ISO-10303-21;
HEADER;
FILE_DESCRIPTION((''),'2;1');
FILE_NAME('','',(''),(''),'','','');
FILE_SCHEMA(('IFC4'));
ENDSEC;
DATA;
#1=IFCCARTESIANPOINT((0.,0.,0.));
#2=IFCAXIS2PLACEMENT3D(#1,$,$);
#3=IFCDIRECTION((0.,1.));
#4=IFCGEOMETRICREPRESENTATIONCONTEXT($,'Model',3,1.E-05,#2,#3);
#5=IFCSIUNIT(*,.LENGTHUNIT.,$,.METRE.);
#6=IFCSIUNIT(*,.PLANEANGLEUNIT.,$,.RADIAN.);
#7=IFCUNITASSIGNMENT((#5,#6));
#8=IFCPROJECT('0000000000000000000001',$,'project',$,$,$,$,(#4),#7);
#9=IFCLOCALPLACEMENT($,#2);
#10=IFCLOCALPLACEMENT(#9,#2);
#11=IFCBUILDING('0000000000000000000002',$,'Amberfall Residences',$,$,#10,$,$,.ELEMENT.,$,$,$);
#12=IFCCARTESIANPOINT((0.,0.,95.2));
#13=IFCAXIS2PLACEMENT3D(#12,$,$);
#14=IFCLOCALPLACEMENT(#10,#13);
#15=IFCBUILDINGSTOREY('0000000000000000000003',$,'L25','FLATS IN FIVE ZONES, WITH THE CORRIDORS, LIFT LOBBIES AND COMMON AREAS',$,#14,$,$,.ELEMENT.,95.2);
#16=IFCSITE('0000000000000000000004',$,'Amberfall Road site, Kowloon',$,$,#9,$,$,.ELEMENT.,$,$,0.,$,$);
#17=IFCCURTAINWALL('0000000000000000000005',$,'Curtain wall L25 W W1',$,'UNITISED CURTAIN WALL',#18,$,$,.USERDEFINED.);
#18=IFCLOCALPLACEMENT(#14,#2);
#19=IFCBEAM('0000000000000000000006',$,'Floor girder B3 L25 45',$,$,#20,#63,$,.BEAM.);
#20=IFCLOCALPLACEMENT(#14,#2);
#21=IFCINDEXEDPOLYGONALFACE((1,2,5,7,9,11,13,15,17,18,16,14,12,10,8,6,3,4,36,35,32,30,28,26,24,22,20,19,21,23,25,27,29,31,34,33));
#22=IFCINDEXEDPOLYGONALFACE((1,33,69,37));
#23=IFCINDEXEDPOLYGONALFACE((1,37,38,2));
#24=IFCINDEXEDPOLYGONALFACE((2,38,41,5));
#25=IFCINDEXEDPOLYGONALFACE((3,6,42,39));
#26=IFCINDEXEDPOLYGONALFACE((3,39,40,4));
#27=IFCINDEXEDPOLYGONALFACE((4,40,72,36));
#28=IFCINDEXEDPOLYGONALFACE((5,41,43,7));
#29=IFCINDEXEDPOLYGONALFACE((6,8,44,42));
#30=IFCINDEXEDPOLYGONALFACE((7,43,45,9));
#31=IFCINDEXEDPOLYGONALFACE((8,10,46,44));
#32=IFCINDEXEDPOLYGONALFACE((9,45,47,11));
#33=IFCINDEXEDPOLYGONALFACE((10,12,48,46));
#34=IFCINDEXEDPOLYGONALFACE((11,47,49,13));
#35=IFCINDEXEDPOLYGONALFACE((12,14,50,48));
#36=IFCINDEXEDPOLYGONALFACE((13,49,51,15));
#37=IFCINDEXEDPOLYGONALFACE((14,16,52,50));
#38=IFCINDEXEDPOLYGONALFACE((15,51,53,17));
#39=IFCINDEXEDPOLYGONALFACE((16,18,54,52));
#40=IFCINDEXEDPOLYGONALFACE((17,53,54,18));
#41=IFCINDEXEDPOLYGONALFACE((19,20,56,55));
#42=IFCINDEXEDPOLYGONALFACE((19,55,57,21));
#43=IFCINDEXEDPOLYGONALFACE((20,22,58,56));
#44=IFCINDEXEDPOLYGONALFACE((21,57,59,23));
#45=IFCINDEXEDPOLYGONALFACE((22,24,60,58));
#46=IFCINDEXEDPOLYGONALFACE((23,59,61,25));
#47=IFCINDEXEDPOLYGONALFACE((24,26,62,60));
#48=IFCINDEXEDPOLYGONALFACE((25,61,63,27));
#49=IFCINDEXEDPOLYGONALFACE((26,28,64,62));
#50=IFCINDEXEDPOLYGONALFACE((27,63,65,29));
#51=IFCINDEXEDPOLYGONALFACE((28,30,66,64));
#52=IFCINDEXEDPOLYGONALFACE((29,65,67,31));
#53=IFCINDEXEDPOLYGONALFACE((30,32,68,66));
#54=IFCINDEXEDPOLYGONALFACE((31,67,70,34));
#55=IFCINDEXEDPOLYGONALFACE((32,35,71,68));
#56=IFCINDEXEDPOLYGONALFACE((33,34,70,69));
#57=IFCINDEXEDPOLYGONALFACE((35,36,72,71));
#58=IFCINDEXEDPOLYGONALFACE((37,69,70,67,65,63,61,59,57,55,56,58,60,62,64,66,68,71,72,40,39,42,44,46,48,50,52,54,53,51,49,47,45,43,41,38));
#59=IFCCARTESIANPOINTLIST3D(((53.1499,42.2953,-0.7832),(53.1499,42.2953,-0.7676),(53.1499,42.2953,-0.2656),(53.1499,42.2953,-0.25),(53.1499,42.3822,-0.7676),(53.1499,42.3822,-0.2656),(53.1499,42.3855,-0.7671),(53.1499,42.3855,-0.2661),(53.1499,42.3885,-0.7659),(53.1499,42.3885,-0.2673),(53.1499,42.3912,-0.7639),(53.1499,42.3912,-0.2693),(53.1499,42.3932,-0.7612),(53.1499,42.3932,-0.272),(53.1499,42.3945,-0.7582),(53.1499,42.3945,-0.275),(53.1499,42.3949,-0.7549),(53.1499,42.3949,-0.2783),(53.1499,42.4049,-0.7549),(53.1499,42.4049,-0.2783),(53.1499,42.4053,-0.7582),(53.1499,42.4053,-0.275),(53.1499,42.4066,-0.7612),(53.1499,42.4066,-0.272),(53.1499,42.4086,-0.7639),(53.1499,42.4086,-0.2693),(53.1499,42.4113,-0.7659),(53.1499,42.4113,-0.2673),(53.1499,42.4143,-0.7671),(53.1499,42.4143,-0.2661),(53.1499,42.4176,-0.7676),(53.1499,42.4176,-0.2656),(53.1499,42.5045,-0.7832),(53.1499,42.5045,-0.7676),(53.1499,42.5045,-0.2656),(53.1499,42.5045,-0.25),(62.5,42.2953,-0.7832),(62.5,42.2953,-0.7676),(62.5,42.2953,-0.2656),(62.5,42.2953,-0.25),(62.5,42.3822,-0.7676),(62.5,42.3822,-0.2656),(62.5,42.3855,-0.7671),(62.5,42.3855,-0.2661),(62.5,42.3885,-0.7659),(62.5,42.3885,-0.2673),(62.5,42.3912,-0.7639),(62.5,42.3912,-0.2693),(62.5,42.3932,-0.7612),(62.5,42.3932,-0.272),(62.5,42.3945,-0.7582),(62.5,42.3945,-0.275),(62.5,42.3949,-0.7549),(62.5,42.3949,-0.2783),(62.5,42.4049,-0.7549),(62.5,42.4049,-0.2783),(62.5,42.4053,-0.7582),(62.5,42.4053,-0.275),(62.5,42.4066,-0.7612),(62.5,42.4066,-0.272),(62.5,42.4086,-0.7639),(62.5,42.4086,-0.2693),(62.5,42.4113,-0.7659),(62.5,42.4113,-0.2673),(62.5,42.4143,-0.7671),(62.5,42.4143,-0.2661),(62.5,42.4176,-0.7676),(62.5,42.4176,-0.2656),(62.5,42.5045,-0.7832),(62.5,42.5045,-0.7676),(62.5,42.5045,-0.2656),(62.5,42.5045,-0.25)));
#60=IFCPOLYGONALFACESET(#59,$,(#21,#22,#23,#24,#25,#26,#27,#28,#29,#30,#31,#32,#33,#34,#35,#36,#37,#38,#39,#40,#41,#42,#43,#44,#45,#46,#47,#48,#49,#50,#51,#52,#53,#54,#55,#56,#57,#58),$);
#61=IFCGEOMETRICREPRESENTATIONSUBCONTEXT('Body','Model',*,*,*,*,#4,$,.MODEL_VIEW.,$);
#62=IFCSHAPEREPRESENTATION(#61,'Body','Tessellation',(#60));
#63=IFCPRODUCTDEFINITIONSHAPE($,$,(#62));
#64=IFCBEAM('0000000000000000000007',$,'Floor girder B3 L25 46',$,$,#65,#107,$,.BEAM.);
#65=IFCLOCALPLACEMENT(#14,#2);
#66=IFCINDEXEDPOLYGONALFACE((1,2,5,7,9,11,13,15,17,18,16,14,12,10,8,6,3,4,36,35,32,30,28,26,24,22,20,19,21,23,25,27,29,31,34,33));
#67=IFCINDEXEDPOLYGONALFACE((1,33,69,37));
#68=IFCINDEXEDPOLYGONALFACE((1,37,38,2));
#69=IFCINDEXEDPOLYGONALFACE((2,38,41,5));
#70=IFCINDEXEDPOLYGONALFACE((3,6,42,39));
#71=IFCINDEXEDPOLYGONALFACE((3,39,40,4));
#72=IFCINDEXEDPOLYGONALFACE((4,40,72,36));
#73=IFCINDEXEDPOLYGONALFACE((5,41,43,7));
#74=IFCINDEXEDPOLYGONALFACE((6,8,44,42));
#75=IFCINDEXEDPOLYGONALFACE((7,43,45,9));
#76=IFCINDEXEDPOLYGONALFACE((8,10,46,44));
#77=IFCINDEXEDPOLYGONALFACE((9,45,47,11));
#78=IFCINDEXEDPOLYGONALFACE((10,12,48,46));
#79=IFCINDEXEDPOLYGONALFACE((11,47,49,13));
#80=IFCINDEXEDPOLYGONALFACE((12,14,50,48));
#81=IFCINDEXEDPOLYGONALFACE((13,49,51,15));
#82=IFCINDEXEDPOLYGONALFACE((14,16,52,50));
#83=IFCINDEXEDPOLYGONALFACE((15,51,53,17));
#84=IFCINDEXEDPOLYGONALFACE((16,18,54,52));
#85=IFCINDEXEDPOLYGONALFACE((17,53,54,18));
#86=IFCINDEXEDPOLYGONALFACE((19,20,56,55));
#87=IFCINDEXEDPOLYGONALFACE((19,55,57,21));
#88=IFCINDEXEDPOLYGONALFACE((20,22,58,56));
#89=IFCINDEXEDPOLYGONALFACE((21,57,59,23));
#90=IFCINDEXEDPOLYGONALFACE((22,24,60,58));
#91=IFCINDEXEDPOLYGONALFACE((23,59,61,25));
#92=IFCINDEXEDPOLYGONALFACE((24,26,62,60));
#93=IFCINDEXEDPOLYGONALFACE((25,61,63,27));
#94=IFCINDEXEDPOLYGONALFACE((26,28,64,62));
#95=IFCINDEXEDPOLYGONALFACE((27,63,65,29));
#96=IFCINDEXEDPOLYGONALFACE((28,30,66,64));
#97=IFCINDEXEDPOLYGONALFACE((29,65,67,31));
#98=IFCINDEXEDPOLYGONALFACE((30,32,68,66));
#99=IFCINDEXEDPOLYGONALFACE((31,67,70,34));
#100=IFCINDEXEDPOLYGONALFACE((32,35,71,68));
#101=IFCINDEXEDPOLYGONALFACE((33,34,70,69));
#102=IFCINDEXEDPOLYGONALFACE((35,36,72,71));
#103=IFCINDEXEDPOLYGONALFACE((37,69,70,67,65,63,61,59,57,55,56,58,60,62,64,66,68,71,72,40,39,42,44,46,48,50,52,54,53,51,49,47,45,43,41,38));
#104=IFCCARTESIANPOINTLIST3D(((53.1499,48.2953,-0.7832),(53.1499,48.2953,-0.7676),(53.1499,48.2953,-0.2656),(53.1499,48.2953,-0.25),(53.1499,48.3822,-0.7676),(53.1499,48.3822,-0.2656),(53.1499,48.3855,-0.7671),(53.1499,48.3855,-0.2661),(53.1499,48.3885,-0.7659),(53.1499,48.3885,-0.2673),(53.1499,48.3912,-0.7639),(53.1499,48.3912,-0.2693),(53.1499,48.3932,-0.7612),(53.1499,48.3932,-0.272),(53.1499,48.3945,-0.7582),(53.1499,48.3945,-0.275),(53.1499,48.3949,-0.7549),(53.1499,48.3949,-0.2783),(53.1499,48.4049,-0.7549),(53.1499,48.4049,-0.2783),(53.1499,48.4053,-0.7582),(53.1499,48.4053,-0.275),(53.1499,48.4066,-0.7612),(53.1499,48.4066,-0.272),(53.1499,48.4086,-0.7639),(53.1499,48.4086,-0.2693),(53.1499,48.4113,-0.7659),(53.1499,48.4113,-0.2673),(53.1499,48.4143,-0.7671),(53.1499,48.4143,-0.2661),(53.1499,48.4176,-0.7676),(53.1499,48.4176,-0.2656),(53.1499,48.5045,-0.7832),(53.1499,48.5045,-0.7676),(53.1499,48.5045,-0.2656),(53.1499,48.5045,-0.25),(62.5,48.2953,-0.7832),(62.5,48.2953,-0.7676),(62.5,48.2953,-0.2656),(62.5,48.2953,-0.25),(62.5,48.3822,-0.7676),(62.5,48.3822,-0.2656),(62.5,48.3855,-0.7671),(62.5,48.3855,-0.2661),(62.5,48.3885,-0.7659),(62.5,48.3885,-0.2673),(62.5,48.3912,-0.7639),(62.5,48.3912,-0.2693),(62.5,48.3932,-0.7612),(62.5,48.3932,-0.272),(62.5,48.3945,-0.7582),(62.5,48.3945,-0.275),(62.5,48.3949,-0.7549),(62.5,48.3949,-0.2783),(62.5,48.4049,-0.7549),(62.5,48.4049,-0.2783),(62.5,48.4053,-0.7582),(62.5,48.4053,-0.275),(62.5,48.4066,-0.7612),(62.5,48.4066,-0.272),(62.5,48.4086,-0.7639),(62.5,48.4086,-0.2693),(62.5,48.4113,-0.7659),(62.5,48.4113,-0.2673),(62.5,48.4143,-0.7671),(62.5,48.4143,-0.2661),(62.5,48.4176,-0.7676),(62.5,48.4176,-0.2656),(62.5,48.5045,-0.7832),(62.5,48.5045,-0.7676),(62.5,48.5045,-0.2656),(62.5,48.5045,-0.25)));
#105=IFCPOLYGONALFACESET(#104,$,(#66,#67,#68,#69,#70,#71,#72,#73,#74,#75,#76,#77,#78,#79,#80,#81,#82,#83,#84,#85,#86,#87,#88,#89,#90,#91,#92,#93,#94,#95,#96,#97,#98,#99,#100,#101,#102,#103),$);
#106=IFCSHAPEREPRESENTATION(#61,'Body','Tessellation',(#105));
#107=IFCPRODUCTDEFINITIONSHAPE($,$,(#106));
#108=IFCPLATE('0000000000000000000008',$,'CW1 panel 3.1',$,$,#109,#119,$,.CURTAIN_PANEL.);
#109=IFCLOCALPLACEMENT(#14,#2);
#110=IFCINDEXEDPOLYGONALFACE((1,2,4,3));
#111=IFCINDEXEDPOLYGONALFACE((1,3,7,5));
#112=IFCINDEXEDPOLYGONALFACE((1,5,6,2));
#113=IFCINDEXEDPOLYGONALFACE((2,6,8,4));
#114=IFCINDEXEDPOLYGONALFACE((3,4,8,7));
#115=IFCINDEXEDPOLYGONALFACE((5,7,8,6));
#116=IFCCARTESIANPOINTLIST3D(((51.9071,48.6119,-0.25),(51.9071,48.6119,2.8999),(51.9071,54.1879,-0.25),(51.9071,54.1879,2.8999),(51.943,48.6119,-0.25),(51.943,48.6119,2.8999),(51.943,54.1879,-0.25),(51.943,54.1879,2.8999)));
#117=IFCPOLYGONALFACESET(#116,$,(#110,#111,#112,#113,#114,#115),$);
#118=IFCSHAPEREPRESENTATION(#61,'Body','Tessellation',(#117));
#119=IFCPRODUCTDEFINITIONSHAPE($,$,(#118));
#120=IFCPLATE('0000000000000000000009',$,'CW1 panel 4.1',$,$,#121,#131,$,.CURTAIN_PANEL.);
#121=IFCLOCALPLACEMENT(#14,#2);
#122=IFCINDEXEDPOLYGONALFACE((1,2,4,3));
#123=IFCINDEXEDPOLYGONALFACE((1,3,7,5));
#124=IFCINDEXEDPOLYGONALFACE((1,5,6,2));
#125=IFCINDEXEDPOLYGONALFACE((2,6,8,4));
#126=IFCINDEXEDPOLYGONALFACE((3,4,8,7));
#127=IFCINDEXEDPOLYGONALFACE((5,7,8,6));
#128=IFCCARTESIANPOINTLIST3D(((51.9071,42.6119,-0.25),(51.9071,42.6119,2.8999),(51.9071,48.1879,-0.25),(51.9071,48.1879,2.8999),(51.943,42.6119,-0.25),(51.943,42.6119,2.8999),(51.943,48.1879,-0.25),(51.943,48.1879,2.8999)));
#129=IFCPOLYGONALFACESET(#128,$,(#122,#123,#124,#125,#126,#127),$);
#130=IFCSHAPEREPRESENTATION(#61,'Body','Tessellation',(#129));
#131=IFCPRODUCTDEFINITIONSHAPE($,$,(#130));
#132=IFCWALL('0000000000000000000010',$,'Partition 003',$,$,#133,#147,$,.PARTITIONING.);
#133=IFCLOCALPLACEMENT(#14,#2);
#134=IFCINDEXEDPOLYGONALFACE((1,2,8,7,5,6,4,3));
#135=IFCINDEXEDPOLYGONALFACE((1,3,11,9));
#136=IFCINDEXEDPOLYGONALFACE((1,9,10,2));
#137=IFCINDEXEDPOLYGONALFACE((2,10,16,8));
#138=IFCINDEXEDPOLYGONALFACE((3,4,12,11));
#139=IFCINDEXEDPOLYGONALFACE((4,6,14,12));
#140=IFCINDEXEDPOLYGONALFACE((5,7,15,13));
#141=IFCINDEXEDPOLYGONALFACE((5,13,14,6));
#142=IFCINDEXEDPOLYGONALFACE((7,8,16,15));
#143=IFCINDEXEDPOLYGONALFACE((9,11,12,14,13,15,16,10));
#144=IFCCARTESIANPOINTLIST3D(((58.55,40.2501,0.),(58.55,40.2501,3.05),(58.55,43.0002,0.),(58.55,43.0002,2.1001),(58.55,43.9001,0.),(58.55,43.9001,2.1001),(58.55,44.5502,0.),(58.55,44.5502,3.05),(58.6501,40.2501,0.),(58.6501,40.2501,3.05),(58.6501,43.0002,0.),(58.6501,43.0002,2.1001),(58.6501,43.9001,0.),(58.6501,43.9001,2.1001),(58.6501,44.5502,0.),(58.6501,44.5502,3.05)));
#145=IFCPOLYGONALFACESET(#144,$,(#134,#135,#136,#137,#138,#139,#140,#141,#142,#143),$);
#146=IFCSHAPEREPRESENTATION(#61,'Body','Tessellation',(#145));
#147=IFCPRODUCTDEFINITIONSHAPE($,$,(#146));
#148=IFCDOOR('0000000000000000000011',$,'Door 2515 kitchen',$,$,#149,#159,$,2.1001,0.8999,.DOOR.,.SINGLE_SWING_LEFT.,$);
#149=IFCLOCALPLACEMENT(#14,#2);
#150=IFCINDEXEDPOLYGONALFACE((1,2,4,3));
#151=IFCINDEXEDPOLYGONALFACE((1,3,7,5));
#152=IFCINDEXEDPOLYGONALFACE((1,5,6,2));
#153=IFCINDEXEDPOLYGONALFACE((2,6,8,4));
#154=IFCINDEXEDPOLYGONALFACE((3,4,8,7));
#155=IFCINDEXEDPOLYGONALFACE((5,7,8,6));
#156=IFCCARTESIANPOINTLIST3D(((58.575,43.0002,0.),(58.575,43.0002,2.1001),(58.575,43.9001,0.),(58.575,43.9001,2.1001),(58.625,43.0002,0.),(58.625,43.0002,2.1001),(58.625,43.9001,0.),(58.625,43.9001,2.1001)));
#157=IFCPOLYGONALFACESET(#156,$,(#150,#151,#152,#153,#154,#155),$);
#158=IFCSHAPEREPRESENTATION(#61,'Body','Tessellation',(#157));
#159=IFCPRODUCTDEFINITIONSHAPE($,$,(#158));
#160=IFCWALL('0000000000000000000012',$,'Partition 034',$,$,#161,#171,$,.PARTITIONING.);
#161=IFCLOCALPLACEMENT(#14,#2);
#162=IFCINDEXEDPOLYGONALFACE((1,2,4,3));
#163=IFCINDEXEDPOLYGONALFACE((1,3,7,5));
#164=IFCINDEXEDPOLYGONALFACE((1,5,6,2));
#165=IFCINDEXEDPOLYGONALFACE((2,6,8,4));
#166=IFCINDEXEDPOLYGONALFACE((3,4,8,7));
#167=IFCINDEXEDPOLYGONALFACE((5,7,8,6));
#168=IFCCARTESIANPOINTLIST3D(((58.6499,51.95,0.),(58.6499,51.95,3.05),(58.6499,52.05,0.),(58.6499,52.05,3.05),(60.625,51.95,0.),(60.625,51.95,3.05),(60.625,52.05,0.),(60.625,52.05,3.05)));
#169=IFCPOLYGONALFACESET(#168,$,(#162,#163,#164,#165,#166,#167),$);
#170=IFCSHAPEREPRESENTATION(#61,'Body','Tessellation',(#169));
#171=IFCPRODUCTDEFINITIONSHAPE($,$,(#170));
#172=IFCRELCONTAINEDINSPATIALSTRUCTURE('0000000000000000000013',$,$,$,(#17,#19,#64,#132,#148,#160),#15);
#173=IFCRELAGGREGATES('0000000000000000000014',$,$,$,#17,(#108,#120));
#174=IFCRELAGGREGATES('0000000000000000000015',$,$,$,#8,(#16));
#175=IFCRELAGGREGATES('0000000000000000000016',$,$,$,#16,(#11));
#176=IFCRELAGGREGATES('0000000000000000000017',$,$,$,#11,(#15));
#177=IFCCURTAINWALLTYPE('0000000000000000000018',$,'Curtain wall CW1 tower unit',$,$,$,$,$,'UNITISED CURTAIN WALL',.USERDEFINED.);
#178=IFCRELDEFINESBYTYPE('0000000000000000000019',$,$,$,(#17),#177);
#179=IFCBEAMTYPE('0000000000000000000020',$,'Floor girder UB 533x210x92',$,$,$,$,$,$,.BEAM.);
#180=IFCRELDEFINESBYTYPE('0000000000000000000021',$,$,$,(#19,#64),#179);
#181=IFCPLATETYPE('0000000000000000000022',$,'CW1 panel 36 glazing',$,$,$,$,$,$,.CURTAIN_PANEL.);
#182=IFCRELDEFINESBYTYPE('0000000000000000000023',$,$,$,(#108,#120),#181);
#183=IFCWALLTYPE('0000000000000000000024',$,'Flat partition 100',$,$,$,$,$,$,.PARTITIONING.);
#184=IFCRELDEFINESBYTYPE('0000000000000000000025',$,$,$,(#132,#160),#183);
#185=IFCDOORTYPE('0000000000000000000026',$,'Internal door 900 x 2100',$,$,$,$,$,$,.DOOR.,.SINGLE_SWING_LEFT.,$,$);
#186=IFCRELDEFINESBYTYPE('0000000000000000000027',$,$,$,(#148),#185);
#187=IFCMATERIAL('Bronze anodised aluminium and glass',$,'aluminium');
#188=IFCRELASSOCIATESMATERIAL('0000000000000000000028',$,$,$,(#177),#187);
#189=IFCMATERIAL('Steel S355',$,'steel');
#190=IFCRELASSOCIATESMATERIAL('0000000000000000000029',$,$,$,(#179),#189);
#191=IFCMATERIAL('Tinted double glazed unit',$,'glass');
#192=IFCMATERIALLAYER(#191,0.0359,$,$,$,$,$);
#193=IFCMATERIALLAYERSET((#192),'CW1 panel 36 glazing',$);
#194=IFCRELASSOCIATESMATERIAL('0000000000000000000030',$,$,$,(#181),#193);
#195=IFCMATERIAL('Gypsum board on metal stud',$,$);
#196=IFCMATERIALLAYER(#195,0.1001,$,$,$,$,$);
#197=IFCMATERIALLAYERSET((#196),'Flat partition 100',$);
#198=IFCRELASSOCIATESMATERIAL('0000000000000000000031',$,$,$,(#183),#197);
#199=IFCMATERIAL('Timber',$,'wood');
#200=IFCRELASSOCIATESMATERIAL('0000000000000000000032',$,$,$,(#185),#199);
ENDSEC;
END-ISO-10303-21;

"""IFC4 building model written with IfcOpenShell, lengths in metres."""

from ifc_helpers import new_model, si_unit, direction, frame, frame_2d, origin, origin_2d, place, context, subcontext, project, spatial, rectangle, i_section, extrude, material, layer, layer_set, material_profile, profile_set, type_object, element, fill, aggregate, save


model = new_model("IFC4")

# Units and contexts
model_context = context("Model", 3, precision=1e-05, world=origin(), true_north=direction((0.0, 1.0)))
body_context = subcontext(model_context, "Body", "Model", "MODEL_VIEW")
ifc_project = project(units=[si_unit("LENGTHUNIT", "METRE"), si_unit("PLANEANGLEUNIT", "RADIAN")], contexts=[model_context])

# Site, building, storey
site_placement = place(None, origin())
site = spatial("IfcSite", under=ifc_project, at=site_placement, Name="Amberfall Road site, Kowloon", CompositionType="ELEMENT", RefElevation=0.0)
building_placement = place(site_placement, origin())
building = spatial("IfcBuilding", under=site, at=building_placement, Name="Amberfall Residences", CompositionType="ELEMENT")
storey_placement = place(building_placement, frame((0.0, 0.0, 95.2)))
storey = spatial("IfcBuildingStorey", under=building, at=storey_placement, Name="L25", Description="FLATS IN FIVE ZONES, WITH THE CORRIDORS, LIFT LOBBIES AND COMMON AREAS", CompositionType="ELEMENT", Elevation=95.2)

# Curtain wall
ifc_material_1 = material(Name="Bronze anodised aluminium and glass", Category="aluminium")
curtain_wall_type = type_object("IfcCurtainWallType", Name="Curtain wall CW1 tower unit", ElementType="UNITISED CURTAIN WALL", PredefinedType="USERDEFINED", material=ifc_material_1)
curtain_wall_placement = place(storey_placement, origin())
curtain_wall = element("IfcCurtainWall", 1, at=curtain_wall_placement, inside=storey, type_object=curtain_wall_type, Name="Curtain wall L25 W W1", ObjectType="UNITISED CURTAIN WALL", PredefinedType="USERDEFINED")

# Shared definitions
ifc_material_2 = material(Name="Steel S355", Category="steel")

# Beams
ifc_material_profile_1 = material_profile(ifc_material_2, i_section(OverallWidth=0.2092, OverallDepth=0.5332, WebThickness=0.01, FlangeThickness=0.0156, FilletRadius=0.0127, at=origin_2d()), Name="UB 533x210x92")
ifc_profile_set_1 = profile_set([ifc_material_profile_1], Name="Steel S355")
beam_type_1 = type_object("IfcBeamType", Name="Floor girder UB 533x210x92", PredefinedType="BEAM", material=ifc_profile_set_1)
for number, where, z_axis, x_axis, name in (
    (2, (53.1499, 42.3999, -0.5166), (1.0, 0.0, 0.0), (0.0, 1.0, 0.0), "Floor girder B3 L25 45"),
    (3, (53.1499, 48.3999, -0.5166), (1.0, 0.0, 0.0), (0.0, 1.0, 0.0), "Floor girder B3 L25 46"),
):
    element("IfcBeam", number, at=place(storey_placement, frame(where, z_axis=z_axis, x_axis=x_axis)), inside=storey, type_object=beam_type_1, Name=name, PredefinedType="BEAM", context=body_context, shape_type="SweptSolid", body=[
        extrude(i_section(OverallWidth=0.2092, OverallDepth=0.5332, WebThickness=0.01, FlangeThickness=0.0156, FilletRadius=0.0127, at=origin_2d()), origin(), (0.0, 0.0, 1.0), 9.3501),
    ])

# Plates
ifc_material_3 = material(Name="Tinted double glazed unit", Category="glass")
ifc_layer_1 = layer(ifc_material_3, 0.0359)
ifc_layer_set_1 = layer_set([ifc_layer_1], Name="CW1 panel 36 glazing")
plate_type = type_object("IfcPlateType", Name="CW1 panel 36 glazing", PredefinedType="CURTAIN_PANEL", material=ifc_layer_set_1)
plate_1_placement = place(storey_placement, frame((51.925, 51.3999, -0.25), z_axis=(0.0, 0.0, 1.0), x_axis=(0.0, -1.0, 0.0)))
plate_1 = element("IfcPlate", 4, at=plate_1_placement, type_object=plate_type, Name="CW1 panel 3.1", PredefinedType="CURTAIN_PANEL", context=body_context, shape_type="SweptSolid", body=[
    extrude(rectangle(XDim=5.5759, YDim=0.0359, at=origin_2d()), origin(), (0.0, 0.0, 1.0), 3.1499),
])
plate_2_placement = place(storey_placement, frame((51.925, 45.3999, -0.25), z_axis=(0.0, 0.0, 1.0), x_axis=(0.0, -1.0, 0.0)))
plate_2 = element("IfcPlate", 5, at=plate_2_placement, type_object=plate_type, Name="CW1 panel 4.1", PredefinedType="CURTAIN_PANEL", context=body_context, shape_type="SweptSolid", body=[
    extrude(rectangle(XDim=5.5759, YDim=0.0359, at=origin_2d()), origin(), (0.0, 0.0, 1.0), 3.1499),
])
aggregate(curtain_wall, [plate_1, plate_2])

# Wall, opening, door
ifc_material_4 = material(Name="Gypsum board on metal stud")
ifc_layer_2 = layer(ifc_material_4, 0.1001)
ifc_layer_set_2 = layer_set([ifc_layer_2], Name="Flat partition 100")
wall_type_1 = type_object("IfcWallType", Name="Flat partition 100", PredefinedType="PARTITIONING", material=ifc_layer_set_2)
wall_1_placement = place(storey_placement, frame((58.6001, 44.55, 0.0), z_axis=(0.0, 0.0, 1.0), x_axis=(0.0, -1.0, 0.0)))
wall_1 = element("IfcWall", 6, at=wall_1_placement, inside=storey, type_object=wall_type_1, Name="Partition 003", PredefinedType="PARTITIONING", context=body_context, shape_type="SweptSolid", body=[
    extrude(rectangle(XDim=4.3, YDim=0.1001, at=frame_2d((2.1499, 0.0))), origin(), (0.0, 0.0, 1.0), 3.05),
])
opening_1_placement = place(wall_1_placement, frame((0.6499, 0.0, 0.0)))
opening_1 = element("IfcOpeningElement", 7, at=opening_1_placement, cuts=wall_1, PredefinedType="OPENING", context=body_context, shape_type="SweptSolid", body=[
    extrude(rectangle(XDim=0.8999, YDim=2.1001, at=frame_2d((0.45, 1.05))), frame((0.0, 0.0601, 0.0), z_axis=(0.0, -1.0, 0.0), x_axis=(1.0, 0.0, 0.0)), (0.0, 0.0, 1.0), 0.1201),
])
ifc_material_5 = material(Name="Timber", Category="wood")
door_type_1 = type_object("IfcDoorType", Name="Internal door 900 x 2100", OperationType="SINGLE_SWING_LEFT", PredefinedType="DOOR", material=ifc_material_5)
door_1_placement = place(opening_1_placement, origin())
door_1 = element("IfcDoor", 8, at=door_1_placement, inside=storey, type_object=door_type_1, Name="Door 2515 kitchen", OperationType="SINGLE_SWING_LEFT", OverallHeight=2.1001, OverallWidth=0.8999, PredefinedType="DOOR", context=body_context, shape_type="SweptSolid", body=[
    extrude(rectangle(XDim=0.8999, YDim=2.1001, at=frame_2d((0.45, 1.05))), frame((0.0, 0.0249, 0.0), z_axis=(0.0, -1.0, 0.0), x_axis=(1.0, 0.0, 0.0)), (0.0, 0.0, 1.0), 0.05),
])
fill(opening_1, door_1)

# Wall
wall_2_placement = place(storey_placement, frame((58.6499, 52.0, 0.0), z_axis=(0.0, 0.0, 1.0), x_axis=(1.0, 0.0, 0.0)))
element("IfcWall", 9, at=wall_2_placement, inside=storey, type_object=wall_type_1, Name="Partition 034", PredefinedType="PARTITIONING", context=body_context, shape_type="SweptSolid", body=[
    extrude(rectangle(XDim=1.9751, YDim=0.1001, at=frame_2d((0.9875, 0.0))), origin(), (0.0, 0.0, 1.0), 3.05),
])

save(model, "model.ifc")
